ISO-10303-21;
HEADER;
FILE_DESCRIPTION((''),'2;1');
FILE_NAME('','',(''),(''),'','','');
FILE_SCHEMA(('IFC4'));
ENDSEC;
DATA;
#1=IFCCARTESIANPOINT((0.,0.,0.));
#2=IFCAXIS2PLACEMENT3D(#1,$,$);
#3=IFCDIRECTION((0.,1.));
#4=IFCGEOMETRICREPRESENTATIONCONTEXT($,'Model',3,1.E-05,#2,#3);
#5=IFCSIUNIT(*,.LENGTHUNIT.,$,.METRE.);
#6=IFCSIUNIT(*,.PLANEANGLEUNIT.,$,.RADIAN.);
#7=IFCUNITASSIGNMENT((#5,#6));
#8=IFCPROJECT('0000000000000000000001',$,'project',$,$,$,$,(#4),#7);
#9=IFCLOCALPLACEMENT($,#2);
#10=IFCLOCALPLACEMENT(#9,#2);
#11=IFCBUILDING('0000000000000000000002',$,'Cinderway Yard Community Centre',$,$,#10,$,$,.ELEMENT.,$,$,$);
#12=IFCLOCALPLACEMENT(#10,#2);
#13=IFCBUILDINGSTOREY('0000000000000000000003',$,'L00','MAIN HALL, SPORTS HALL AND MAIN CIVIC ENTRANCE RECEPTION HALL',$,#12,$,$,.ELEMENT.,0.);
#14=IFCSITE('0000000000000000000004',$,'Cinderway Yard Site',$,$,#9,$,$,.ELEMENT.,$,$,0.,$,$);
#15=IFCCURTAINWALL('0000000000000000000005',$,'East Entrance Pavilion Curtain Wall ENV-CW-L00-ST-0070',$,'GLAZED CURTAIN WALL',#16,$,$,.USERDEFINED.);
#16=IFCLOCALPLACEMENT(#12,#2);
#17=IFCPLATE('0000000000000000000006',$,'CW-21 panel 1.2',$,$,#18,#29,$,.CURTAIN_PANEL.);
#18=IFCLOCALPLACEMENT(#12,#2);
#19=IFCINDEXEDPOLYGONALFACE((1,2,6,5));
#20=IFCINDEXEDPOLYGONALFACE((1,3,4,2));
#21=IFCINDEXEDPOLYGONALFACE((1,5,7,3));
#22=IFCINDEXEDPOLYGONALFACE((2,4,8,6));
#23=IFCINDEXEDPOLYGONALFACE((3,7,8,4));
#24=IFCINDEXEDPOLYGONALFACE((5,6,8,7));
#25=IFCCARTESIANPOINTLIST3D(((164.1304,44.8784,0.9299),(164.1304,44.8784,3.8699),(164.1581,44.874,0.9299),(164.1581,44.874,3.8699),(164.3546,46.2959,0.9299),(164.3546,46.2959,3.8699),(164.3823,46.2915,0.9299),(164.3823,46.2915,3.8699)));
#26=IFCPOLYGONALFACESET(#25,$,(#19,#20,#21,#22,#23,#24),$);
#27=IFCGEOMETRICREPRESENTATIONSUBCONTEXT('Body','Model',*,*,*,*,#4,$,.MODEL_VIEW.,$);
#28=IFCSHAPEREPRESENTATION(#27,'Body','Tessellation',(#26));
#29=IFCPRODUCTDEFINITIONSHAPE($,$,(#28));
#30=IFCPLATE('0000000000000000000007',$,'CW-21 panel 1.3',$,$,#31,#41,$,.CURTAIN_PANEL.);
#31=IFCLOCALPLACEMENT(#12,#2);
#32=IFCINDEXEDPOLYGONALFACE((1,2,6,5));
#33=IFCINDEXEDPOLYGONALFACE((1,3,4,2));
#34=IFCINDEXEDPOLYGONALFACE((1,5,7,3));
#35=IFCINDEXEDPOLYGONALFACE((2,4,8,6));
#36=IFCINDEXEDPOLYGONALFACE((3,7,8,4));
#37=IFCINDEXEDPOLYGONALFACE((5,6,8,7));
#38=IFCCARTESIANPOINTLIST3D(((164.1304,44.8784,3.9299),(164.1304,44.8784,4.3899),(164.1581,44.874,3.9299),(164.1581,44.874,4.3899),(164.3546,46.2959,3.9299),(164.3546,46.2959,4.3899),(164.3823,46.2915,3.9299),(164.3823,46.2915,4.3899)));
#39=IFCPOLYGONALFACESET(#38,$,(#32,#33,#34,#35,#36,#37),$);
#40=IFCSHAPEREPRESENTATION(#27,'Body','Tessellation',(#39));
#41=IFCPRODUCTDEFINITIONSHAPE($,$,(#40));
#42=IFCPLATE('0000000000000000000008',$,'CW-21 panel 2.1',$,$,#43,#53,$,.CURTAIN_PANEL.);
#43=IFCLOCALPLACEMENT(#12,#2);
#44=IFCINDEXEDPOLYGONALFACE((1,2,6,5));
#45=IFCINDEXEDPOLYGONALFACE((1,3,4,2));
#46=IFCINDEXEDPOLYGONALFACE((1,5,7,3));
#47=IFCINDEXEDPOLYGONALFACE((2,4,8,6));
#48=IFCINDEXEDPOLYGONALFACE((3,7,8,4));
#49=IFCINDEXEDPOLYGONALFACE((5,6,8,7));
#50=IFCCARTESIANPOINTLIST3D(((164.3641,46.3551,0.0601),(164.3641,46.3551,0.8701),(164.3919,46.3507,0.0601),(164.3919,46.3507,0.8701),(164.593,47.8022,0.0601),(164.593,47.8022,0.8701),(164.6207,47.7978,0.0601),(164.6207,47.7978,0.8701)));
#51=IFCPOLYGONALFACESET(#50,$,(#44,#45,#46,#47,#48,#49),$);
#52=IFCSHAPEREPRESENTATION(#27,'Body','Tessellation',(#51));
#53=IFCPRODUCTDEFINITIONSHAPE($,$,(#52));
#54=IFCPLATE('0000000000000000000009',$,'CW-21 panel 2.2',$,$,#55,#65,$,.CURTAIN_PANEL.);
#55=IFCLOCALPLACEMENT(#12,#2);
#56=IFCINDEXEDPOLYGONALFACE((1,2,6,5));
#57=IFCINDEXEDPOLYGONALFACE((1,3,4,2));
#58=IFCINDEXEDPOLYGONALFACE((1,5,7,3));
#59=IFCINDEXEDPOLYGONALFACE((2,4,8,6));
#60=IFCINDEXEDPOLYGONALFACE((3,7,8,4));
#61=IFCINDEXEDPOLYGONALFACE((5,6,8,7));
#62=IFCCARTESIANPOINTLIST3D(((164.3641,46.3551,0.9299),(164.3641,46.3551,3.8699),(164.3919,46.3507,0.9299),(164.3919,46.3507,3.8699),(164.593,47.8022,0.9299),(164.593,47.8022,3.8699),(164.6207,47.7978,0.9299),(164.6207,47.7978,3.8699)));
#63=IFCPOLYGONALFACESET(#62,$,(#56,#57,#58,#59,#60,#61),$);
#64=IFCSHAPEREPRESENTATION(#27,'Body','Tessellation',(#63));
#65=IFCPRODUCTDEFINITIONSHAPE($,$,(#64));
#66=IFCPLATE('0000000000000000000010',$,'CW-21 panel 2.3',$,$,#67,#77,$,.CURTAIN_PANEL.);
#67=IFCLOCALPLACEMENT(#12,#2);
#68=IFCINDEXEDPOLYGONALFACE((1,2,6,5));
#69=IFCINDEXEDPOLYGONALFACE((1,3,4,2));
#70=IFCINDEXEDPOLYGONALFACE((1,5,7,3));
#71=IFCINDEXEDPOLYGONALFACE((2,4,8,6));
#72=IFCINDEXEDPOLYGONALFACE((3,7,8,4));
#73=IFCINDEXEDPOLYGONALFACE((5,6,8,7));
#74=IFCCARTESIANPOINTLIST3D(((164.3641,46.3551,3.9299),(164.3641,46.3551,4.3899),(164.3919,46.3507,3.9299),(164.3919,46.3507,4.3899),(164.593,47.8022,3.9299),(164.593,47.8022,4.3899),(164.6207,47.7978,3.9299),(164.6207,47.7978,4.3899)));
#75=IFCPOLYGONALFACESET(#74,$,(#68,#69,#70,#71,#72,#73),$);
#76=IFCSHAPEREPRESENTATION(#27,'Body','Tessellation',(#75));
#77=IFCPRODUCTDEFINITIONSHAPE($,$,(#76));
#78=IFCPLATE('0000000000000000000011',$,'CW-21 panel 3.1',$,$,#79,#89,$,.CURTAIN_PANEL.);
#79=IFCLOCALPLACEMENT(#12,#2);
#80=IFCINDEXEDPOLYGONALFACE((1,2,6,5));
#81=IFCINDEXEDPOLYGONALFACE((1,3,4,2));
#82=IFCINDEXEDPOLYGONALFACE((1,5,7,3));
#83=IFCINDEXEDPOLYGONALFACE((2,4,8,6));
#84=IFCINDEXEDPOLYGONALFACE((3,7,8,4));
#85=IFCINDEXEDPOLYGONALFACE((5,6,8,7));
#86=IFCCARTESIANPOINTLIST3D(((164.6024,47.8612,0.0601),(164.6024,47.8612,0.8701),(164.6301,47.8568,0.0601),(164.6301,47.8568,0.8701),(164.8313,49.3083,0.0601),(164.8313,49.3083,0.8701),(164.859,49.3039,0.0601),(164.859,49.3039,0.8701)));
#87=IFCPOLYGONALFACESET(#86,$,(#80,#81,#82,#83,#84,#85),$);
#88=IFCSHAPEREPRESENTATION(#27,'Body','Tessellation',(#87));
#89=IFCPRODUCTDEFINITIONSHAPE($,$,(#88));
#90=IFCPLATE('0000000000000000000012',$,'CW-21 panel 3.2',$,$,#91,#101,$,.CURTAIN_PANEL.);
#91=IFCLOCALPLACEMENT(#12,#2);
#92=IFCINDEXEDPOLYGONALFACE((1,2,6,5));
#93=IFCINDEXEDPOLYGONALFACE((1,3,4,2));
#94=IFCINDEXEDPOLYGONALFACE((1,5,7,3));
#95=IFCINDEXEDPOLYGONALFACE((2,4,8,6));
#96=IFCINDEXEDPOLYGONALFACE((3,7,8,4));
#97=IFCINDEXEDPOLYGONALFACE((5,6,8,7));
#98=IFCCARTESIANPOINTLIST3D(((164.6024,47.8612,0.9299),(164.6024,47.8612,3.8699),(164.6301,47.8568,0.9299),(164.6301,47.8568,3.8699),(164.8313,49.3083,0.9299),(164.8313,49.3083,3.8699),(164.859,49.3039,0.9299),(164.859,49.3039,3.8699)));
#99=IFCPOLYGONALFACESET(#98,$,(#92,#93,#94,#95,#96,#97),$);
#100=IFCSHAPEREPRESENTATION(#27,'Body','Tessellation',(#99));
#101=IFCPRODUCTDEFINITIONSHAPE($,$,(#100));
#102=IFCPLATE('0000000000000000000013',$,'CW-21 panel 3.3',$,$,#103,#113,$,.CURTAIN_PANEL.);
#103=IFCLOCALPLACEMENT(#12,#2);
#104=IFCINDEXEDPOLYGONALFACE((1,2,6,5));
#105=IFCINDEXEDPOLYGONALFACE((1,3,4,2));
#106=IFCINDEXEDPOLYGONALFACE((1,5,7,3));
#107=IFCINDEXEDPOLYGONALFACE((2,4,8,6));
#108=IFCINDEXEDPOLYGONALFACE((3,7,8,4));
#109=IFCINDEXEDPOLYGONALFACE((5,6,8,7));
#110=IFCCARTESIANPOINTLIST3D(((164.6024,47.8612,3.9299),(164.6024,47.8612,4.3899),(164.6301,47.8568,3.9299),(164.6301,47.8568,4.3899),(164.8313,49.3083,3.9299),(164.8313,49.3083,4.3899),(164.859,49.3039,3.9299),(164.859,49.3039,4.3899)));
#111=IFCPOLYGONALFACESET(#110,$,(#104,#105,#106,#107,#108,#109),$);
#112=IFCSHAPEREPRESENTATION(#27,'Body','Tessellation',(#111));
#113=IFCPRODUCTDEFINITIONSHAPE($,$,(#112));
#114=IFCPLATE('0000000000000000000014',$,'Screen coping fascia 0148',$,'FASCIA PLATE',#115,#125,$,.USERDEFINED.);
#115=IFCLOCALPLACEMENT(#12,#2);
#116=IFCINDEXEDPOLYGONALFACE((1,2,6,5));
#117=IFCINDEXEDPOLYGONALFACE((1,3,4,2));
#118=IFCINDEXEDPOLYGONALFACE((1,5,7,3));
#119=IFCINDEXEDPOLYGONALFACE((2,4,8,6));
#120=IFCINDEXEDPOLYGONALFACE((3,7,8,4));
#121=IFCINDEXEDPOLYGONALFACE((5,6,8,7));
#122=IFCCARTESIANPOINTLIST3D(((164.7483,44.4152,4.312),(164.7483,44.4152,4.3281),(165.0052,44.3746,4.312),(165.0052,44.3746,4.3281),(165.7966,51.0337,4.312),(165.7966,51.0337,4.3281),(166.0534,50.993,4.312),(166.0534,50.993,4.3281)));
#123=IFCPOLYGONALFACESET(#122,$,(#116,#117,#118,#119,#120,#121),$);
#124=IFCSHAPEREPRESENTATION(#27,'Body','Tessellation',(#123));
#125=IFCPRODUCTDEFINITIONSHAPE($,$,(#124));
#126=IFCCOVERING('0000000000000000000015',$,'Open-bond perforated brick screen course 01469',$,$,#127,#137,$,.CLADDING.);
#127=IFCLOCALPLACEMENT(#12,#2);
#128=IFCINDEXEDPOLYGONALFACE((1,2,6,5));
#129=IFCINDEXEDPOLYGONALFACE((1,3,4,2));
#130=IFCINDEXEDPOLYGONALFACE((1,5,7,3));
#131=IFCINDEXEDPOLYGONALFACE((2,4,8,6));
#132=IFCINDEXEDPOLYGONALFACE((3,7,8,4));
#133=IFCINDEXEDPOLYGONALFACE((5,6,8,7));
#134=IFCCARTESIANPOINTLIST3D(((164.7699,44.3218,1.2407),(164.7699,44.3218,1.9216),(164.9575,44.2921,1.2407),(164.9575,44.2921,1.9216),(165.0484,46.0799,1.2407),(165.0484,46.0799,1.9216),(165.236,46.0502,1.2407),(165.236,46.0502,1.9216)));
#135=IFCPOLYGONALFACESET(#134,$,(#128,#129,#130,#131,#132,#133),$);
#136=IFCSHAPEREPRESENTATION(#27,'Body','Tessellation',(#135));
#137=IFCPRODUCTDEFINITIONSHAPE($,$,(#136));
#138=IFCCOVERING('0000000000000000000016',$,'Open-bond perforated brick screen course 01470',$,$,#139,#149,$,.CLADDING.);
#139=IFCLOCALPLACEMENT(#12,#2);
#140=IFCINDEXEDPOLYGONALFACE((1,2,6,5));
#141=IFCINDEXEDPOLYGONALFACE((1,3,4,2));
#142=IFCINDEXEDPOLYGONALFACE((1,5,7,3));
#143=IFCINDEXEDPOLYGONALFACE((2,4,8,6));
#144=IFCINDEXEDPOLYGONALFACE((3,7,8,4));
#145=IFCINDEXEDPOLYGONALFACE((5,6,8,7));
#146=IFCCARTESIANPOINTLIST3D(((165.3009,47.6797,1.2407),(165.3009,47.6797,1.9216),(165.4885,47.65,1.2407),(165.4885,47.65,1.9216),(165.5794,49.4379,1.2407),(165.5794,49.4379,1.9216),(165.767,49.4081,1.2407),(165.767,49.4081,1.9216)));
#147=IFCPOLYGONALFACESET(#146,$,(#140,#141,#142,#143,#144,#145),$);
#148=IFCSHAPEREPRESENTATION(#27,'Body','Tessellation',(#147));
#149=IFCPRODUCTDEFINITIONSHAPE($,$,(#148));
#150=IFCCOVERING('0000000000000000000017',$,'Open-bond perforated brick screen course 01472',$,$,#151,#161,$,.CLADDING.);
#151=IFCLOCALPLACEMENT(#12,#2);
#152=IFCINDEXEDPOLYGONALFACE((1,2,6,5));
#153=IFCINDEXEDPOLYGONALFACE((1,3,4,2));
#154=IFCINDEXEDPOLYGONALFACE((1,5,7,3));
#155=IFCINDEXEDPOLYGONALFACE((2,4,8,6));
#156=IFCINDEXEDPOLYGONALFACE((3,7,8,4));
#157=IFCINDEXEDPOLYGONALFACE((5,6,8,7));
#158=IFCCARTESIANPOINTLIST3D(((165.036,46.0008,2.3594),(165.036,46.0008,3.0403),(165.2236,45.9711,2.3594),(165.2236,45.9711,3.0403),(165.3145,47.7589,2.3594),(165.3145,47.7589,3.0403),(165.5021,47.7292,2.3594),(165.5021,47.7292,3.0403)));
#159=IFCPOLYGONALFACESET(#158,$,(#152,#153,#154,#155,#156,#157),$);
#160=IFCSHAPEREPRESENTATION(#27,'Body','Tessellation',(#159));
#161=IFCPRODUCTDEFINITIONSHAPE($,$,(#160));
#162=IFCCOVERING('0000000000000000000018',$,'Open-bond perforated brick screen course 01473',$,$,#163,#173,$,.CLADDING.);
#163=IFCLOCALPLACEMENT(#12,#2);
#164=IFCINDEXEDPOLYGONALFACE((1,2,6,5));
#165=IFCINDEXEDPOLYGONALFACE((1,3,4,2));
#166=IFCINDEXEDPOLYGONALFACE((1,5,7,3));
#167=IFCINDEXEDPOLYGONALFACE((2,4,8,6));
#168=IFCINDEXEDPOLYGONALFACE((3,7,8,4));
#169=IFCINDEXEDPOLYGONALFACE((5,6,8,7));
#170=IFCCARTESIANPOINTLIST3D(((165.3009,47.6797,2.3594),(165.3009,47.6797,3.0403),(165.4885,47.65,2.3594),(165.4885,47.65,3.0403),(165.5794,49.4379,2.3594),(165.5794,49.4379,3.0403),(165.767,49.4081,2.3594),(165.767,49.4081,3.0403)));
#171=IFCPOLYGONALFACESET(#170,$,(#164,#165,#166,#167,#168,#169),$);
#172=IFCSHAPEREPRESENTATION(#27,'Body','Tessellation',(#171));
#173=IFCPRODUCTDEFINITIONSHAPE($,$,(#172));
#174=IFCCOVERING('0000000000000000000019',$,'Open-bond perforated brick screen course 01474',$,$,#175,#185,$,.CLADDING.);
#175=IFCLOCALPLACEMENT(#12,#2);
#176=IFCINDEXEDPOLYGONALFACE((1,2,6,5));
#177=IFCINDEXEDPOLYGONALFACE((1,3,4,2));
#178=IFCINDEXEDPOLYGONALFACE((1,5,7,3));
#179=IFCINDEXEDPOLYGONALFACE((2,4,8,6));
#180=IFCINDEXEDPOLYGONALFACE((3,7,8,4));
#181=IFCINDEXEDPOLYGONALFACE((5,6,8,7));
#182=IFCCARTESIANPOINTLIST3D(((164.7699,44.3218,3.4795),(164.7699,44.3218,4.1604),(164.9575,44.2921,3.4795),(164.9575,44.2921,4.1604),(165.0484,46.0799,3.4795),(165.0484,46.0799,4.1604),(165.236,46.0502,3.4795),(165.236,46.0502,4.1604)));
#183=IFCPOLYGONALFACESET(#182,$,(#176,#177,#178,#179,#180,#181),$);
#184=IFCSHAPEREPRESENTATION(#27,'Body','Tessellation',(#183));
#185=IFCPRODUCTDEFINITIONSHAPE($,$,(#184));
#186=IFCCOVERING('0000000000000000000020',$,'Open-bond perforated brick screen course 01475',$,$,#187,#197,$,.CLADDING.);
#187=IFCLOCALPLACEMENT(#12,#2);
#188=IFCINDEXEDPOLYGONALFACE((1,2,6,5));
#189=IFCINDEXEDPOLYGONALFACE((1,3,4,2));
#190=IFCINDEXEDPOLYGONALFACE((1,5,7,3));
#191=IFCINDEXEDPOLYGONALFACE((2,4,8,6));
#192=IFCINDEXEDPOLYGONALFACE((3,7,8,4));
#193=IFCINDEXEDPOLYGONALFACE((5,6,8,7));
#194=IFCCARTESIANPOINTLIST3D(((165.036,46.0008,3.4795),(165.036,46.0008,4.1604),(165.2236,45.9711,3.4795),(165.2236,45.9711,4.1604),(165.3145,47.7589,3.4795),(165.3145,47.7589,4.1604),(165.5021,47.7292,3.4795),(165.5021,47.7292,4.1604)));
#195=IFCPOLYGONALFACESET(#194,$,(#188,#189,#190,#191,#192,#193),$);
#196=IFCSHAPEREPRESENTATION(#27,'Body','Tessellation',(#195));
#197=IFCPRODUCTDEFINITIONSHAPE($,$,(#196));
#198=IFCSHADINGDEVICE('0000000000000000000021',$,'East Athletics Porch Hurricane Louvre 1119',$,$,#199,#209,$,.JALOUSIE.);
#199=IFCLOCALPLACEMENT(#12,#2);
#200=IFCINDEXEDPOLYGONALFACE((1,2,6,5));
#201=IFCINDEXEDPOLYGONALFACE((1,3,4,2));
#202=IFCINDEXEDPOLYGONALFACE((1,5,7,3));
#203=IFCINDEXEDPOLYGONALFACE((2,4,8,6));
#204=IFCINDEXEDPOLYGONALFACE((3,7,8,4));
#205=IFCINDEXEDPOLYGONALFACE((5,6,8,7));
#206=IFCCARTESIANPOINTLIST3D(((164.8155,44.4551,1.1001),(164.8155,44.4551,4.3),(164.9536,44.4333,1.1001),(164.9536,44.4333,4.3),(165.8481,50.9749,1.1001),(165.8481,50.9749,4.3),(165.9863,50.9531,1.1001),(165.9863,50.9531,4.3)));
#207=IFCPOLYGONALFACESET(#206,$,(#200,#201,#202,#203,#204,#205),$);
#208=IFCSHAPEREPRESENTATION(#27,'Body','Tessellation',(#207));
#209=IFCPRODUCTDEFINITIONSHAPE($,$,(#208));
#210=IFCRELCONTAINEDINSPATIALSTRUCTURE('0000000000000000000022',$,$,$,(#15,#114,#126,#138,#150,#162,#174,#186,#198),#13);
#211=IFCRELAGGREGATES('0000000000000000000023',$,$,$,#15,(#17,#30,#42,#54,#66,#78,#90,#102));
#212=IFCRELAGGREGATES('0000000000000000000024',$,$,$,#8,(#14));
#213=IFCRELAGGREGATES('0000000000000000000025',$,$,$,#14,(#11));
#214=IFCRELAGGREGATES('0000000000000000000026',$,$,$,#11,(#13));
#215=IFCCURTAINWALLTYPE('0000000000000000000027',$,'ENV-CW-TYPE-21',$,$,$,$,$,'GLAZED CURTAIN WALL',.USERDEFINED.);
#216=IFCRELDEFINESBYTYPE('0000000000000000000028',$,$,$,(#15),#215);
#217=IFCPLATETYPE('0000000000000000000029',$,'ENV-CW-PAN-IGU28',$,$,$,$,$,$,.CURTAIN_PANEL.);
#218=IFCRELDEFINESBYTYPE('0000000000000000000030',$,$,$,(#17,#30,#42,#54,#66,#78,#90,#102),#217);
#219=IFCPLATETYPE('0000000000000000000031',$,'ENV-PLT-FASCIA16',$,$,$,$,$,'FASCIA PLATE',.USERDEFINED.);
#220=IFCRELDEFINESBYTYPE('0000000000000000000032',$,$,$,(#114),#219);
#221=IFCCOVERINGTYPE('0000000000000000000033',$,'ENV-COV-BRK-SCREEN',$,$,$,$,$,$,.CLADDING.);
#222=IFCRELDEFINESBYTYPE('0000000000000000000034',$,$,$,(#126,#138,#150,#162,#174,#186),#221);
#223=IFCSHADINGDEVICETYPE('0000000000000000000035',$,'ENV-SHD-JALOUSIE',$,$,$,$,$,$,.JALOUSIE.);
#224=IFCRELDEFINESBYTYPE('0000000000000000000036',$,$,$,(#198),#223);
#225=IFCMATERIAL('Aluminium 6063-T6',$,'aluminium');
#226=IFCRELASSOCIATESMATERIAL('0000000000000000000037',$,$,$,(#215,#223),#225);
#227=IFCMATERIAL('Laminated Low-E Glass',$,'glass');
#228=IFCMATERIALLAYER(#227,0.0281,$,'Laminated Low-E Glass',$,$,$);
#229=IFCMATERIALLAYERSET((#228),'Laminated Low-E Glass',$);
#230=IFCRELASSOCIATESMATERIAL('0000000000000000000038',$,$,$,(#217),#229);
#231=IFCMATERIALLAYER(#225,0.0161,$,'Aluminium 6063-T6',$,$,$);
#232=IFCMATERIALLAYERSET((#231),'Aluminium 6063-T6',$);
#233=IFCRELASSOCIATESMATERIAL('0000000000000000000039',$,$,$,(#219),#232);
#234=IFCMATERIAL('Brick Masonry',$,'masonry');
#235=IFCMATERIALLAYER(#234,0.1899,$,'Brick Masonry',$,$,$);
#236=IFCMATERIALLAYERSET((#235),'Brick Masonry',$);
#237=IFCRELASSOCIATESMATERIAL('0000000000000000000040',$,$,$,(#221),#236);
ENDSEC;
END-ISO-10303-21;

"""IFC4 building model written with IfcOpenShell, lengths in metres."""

from ifc_helpers import new_model, si_unit, direction, frame, origin, origin_2d, place, context, subcontext, project, spatial, rectangle, extrude, material, layer, layer_set, type_object, element, aggregate, save


model = new_model("IFC4")

# Units and contexts
model_context = context("Model", 3, precision=1e-05, world=origin(), true_north=direction((0.0, 1.0)))
body_context = subcontext(model_context, "Body", "Model", "MODEL_VIEW")
ifc_project = project(units=[si_unit("LENGTHUNIT", "METRE"), si_unit("PLANEANGLEUNIT", "RADIAN")], contexts=[model_context])

# Site, building, storey
site_placement = place(None, origin())
site = spatial("IfcSite", under=ifc_project, at=site_placement, Name="Cinderway Yard Site", CompositionType="ELEMENT", RefElevation=0.0)
building_placement = place(site_placement, origin())
building = spatial("IfcBuilding", under=site, at=building_placement, Name="Cinderway Yard Community Centre", CompositionType="ELEMENT")
storey_placement = place(building_placement, origin())
storey = spatial("IfcBuildingStorey", under=building, at=storey_placement, Name="L00", Description="MAIN HALL, SPORTS HALL AND MAIN CIVIC ENTRANCE RECEPTION HALL", CompositionType="ELEMENT", Elevation=0.0)

# Curtain wall
ifc_material_1 = material(Name="Aluminium 6063-T6", Category="aluminium")
curtain_wall_type = type_object("IfcCurtainWallType", Name="ENV-CW-TYPE-21", ElementType="GLAZED CURTAIN WALL", PredefinedType="USERDEFINED", material=ifc_material_1)
curtain_wall_placement = place(storey_placement, origin())
curtain_wall = element("IfcCurtainWall", 1, at=curtain_wall_placement, inside=storey, type_object=curtain_wall_type, Name="East Entrance Pavilion Curtain Wall ENV-CW-L00-ST-0070", ObjectType="GLAZED CURTAIN WALL", PredefinedType="USERDEFINED")

# Plates
ifc_material_2 = material(Name="Laminated Low-E Glass", Category="glass")
ifc_layer_1 = layer(ifc_material_2, 0.0281, Name="Laminated Low-E Glass")
ifc_layer_set_1 = layer_set([ifc_layer_1], Name="Laminated Low-E Glass")
plate_type_1 = type_object("IfcPlateType", Name="ENV-CW-PAN-IGU28", PredefinedType="CURTAIN_PANEL", material=ifc_layer_set_1)
plate_1_placement = place(storey_placement, frame((164.2563, 45.585, 0.9299), z_axis=(0.0, 0.0, 1.0), x_axis=(0.156232, 0.98772, 0.0)))
plate_1 = element("IfcPlate", 2, at=plate_1_placement, type_object=plate_type_1, Name="CW-21 panel 1.2", PredefinedType="CURTAIN_PANEL", context=body_context, shape_type="SweptSolid", body=[
    extrude(rectangle(XDim=1.4351, YDim=0.0281, at=origin_2d()), origin(), (0.0, 0.0, 1.0), 2.9399),
])
plate_2_placement = place(storey_placement, frame((164.2563, 45.585, 3.9299), z_axis=(0.0, 0.0, 1.0), x_axis=(0.156232, 0.98772, 0.0)))
plate_2 = element("IfcPlate", 3, at=plate_2_placement, type_object=plate_type_1, Name="CW-21 panel 1.3", PredefinedType="CURTAIN_PANEL", context=body_context, shape_type="SweptSolid", body=[
    extrude(rectangle(XDim=1.4351, YDim=0.0281, at=origin_2d()), origin(), (0.0, 0.0, 1.0), 0.46),
])
plate_3_placement = place(storey_placement, frame((164.4924, 47.0764, 0.0601), z_axis=(0.0, 0.0, 1.0), x_axis=(0.156232, 0.98772, 0.0)))
plate_3 = element("IfcPlate", 4, at=plate_3_placement, type_object=plate_type_1, Name="CW-21 panel 2.1", PredefinedType="CURTAIN_PANEL", context=body_context, shape_type="SweptSolid", body=[
    extrude(rectangle(XDim=1.4651, YDim=0.0281, at=origin_2d()), origin(), (0.0, 0.0, 1.0), 0.8101),
])
plate_4_placement = place(storey_placement, frame((164.4924, 47.0764, 0.9299), z_axis=(0.0, 0.0, 1.0), x_axis=(0.156232, 0.98772, 0.0)))
plate_4 = element("IfcPlate", 5, at=plate_4_placement, type_object=plate_type_1, Name="CW-21 panel 2.2", PredefinedType="CURTAIN_PANEL", context=body_context, shape_type="SweptSolid", body=[
    extrude(rectangle(XDim=1.4651, YDim=0.0281, at=origin_2d()), origin(), (0.0, 0.0, 1.0), 2.9399),
])
plate_5_placement = place(storey_placement, frame((164.4924, 47.0764, 3.9299), z_axis=(0.0, 0.0, 1.0), x_axis=(0.156232, 0.98772, 0.0)))
plate_5 = element("IfcPlate", 6, at=plate_5_placement, type_object=plate_type_1, Name="CW-21 panel 2.3", PredefinedType="CURTAIN_PANEL", context=body_context, shape_type="SweptSolid", body=[
    extrude(rectangle(XDim=1.4651, YDim=0.0281, at=origin_2d()), origin(), (0.0, 0.0, 1.0), 0.46),
])
plate_6_placement = place(storey_placement, frame((164.7307, 48.5825, 0.0601), z_axis=(0.0, 0.0, 1.0), x_axis=(0.156232, 0.98772, 0.0)))
plate_6 = element("IfcPlate", 7, at=plate_6_placement, type_object=plate_type_1, Name="CW-21 panel 3.1", PredefinedType="CURTAIN_PANEL", context=body_context, shape_type="SweptSolid", body=[
    extrude(rectangle(XDim=1.4651, YDim=0.0281, at=origin_2d()), origin(), (0.0, 0.0, 1.0), 0.8101),
])
plate_7_placement = place(storey_placement, frame((164.7307, 48.5825, 0.9299), z_axis=(0.0, 0.0, 1.0), x_axis=(0.156232, 0.98772, 0.0)))
plate_7 = element("IfcPlate", 8, at=plate_7_placement, type_object=plate_type_1, Name="CW-21 panel 3.2", PredefinedType="CURTAIN_PANEL", context=body_context, shape_type="SweptSolid", body=[
    extrude(rectangle(XDim=1.4651, YDim=0.0281, at=origin_2d()), origin(), (0.0, 0.0, 1.0), 2.9399),
])
plate_8_placement = place(storey_placement, frame((164.7307, 48.5825, 3.9299), z_axis=(0.0, 0.0, 1.0), x_axis=(0.156232, 0.98772, 0.0)))
plate_8 = element("IfcPlate", 9, at=plate_8_placement, type_object=plate_type_1, Name="CW-21 panel 3.3", PredefinedType="CURTAIN_PANEL", context=body_context, shape_type="SweptSolid", body=[
    extrude(rectangle(XDim=1.4651, YDim=0.0281, at=origin_2d()), origin(), (0.0, 0.0, 1.0), 0.46),
])
aggregate(curtain_wall, [plate_1, plate_2, plate_3, plate_4, plate_5, plate_6, plate_7, plate_8])
ifc_layer_2 = layer(ifc_material_1, 0.0161, Name="Aluminium 6063-T6")
ifc_layer_set_2 = layer_set([ifc_layer_2], Name="Aluminium 6063-T6")
plate_type_2 = type_object("IfcPlateType", Name="ENV-PLT-FASCIA16", ElementType="FASCIA PLATE", PredefinedType="USERDEFINED", material=ifc_layer_set_2)
plate_9_placement = place(storey_placement, frame((165.4009, 47.7041, 4.312), z_axis=(0.0, 0.0, 1.0), x_axis=(-0.156434, -0.987688, 0.0)))
element("IfcPlate", 10, at=plate_9_placement, inside=storey, type_object=plate_type_2, Name="Screen coping fascia 0148", ObjectType="FASCIA PLATE", PredefinedType="USERDEFINED", context=body_context, shape_type="SweptSolid", body=[
    extrude(rectangle(XDim=6.7009, YDim=0.26, at=origin_2d()), origin(), (0.0, 0.0, 1.0), 0.0161),
])

# Coverings
ifc_material_3 = material(Name="Brick Masonry", Category="masonry")
ifc_layer_3 = layer(ifc_material_3, 0.1899, Name="Brick Masonry")
ifc_layer_set_3 = layer_set([ifc_layer_3], Name="Brick Masonry")
covering_type = type_object("IfcCoveringType", Name="ENV-COV-BRK-SCREEN", PredefinedType="CLADDING", material=ifc_layer_set_3)
for number, where, z_axis, x_axis, name in (
    (11, (165.0029, 45.186, 1.2407), (0.0, 0.0, 1.0), (-0.156434, -0.987688, 0.0), "Open-bond perforated brick screen course 01469"),
    (12, (165.5339, 48.5439, 1.2407), (0.0, 0.0, 1.0), (-0.156434, -0.987688, 0.0), "Open-bond perforated brick screen course 01470"),
    (13, (165.269, 46.865, 2.3594), (0.0, 0.0, 1.0), (-0.156434, -0.987688, 0.0), "Open-bond perforated brick screen course 01472"),
    (14, (165.5339, 48.5439, 2.3594), (0.0, 0.0, 1.0), (-0.156434, -0.987688, 0.0), "Open-bond perforated brick screen course 01473"),
    (15, (165.0029, 45.186, 3.4795), (0.0, 0.0, 1.0), (-0.156434, -0.987688, 0.0), "Open-bond perforated brick screen course 01474"),
    (16, (165.269, 46.865, 3.4795), (0.0, 0.0, 1.0), (-0.156434, -0.987688, 0.0), "Open-bond perforated brick screen course 01475"),
):
    element("IfcCovering", number, at=place(storey_placement, frame(where, z_axis=z_axis, x_axis=x_axis)), inside=storey, type_object=covering_type, Name=name, PredefinedType="CLADDING", context=body_context, shape_type="SweptSolid", body=[
        extrude(rectangle(XDim=1.78, YDim=0.1899, at=origin_2d()), origin(), (0.0, 0.0, 1.0), 0.6809),
    ])

# Shading device
shading_device_type = type_object("IfcShadingDeviceType", Name="ENV-SHD-JALOUSIE", PredefinedType="JALOUSIE", material=ifc_material_1)
shading_device_placement = place(storey_placement, frame((165.4009, 47.7041, 1.1001), z_axis=(0.0, 0.0, 1.0), x_axis=(-0.156434, -0.987688, 0.0)))
element("IfcShadingDevice", 17, at=shading_device_placement, inside=storey, type_object=shading_device_type, Name="East Athletics Porch Hurricane Louvre 1119", PredefinedType="JALOUSIE", context=body_context, shape_type="SweptSolid", body=[
    extrude(rectangle(XDim=6.6011, YDim=0.1399, at=origin_2d()), origin(), (0.0, 0.0, 1.0), 3.2),
])

save(model, "model.ifc")
